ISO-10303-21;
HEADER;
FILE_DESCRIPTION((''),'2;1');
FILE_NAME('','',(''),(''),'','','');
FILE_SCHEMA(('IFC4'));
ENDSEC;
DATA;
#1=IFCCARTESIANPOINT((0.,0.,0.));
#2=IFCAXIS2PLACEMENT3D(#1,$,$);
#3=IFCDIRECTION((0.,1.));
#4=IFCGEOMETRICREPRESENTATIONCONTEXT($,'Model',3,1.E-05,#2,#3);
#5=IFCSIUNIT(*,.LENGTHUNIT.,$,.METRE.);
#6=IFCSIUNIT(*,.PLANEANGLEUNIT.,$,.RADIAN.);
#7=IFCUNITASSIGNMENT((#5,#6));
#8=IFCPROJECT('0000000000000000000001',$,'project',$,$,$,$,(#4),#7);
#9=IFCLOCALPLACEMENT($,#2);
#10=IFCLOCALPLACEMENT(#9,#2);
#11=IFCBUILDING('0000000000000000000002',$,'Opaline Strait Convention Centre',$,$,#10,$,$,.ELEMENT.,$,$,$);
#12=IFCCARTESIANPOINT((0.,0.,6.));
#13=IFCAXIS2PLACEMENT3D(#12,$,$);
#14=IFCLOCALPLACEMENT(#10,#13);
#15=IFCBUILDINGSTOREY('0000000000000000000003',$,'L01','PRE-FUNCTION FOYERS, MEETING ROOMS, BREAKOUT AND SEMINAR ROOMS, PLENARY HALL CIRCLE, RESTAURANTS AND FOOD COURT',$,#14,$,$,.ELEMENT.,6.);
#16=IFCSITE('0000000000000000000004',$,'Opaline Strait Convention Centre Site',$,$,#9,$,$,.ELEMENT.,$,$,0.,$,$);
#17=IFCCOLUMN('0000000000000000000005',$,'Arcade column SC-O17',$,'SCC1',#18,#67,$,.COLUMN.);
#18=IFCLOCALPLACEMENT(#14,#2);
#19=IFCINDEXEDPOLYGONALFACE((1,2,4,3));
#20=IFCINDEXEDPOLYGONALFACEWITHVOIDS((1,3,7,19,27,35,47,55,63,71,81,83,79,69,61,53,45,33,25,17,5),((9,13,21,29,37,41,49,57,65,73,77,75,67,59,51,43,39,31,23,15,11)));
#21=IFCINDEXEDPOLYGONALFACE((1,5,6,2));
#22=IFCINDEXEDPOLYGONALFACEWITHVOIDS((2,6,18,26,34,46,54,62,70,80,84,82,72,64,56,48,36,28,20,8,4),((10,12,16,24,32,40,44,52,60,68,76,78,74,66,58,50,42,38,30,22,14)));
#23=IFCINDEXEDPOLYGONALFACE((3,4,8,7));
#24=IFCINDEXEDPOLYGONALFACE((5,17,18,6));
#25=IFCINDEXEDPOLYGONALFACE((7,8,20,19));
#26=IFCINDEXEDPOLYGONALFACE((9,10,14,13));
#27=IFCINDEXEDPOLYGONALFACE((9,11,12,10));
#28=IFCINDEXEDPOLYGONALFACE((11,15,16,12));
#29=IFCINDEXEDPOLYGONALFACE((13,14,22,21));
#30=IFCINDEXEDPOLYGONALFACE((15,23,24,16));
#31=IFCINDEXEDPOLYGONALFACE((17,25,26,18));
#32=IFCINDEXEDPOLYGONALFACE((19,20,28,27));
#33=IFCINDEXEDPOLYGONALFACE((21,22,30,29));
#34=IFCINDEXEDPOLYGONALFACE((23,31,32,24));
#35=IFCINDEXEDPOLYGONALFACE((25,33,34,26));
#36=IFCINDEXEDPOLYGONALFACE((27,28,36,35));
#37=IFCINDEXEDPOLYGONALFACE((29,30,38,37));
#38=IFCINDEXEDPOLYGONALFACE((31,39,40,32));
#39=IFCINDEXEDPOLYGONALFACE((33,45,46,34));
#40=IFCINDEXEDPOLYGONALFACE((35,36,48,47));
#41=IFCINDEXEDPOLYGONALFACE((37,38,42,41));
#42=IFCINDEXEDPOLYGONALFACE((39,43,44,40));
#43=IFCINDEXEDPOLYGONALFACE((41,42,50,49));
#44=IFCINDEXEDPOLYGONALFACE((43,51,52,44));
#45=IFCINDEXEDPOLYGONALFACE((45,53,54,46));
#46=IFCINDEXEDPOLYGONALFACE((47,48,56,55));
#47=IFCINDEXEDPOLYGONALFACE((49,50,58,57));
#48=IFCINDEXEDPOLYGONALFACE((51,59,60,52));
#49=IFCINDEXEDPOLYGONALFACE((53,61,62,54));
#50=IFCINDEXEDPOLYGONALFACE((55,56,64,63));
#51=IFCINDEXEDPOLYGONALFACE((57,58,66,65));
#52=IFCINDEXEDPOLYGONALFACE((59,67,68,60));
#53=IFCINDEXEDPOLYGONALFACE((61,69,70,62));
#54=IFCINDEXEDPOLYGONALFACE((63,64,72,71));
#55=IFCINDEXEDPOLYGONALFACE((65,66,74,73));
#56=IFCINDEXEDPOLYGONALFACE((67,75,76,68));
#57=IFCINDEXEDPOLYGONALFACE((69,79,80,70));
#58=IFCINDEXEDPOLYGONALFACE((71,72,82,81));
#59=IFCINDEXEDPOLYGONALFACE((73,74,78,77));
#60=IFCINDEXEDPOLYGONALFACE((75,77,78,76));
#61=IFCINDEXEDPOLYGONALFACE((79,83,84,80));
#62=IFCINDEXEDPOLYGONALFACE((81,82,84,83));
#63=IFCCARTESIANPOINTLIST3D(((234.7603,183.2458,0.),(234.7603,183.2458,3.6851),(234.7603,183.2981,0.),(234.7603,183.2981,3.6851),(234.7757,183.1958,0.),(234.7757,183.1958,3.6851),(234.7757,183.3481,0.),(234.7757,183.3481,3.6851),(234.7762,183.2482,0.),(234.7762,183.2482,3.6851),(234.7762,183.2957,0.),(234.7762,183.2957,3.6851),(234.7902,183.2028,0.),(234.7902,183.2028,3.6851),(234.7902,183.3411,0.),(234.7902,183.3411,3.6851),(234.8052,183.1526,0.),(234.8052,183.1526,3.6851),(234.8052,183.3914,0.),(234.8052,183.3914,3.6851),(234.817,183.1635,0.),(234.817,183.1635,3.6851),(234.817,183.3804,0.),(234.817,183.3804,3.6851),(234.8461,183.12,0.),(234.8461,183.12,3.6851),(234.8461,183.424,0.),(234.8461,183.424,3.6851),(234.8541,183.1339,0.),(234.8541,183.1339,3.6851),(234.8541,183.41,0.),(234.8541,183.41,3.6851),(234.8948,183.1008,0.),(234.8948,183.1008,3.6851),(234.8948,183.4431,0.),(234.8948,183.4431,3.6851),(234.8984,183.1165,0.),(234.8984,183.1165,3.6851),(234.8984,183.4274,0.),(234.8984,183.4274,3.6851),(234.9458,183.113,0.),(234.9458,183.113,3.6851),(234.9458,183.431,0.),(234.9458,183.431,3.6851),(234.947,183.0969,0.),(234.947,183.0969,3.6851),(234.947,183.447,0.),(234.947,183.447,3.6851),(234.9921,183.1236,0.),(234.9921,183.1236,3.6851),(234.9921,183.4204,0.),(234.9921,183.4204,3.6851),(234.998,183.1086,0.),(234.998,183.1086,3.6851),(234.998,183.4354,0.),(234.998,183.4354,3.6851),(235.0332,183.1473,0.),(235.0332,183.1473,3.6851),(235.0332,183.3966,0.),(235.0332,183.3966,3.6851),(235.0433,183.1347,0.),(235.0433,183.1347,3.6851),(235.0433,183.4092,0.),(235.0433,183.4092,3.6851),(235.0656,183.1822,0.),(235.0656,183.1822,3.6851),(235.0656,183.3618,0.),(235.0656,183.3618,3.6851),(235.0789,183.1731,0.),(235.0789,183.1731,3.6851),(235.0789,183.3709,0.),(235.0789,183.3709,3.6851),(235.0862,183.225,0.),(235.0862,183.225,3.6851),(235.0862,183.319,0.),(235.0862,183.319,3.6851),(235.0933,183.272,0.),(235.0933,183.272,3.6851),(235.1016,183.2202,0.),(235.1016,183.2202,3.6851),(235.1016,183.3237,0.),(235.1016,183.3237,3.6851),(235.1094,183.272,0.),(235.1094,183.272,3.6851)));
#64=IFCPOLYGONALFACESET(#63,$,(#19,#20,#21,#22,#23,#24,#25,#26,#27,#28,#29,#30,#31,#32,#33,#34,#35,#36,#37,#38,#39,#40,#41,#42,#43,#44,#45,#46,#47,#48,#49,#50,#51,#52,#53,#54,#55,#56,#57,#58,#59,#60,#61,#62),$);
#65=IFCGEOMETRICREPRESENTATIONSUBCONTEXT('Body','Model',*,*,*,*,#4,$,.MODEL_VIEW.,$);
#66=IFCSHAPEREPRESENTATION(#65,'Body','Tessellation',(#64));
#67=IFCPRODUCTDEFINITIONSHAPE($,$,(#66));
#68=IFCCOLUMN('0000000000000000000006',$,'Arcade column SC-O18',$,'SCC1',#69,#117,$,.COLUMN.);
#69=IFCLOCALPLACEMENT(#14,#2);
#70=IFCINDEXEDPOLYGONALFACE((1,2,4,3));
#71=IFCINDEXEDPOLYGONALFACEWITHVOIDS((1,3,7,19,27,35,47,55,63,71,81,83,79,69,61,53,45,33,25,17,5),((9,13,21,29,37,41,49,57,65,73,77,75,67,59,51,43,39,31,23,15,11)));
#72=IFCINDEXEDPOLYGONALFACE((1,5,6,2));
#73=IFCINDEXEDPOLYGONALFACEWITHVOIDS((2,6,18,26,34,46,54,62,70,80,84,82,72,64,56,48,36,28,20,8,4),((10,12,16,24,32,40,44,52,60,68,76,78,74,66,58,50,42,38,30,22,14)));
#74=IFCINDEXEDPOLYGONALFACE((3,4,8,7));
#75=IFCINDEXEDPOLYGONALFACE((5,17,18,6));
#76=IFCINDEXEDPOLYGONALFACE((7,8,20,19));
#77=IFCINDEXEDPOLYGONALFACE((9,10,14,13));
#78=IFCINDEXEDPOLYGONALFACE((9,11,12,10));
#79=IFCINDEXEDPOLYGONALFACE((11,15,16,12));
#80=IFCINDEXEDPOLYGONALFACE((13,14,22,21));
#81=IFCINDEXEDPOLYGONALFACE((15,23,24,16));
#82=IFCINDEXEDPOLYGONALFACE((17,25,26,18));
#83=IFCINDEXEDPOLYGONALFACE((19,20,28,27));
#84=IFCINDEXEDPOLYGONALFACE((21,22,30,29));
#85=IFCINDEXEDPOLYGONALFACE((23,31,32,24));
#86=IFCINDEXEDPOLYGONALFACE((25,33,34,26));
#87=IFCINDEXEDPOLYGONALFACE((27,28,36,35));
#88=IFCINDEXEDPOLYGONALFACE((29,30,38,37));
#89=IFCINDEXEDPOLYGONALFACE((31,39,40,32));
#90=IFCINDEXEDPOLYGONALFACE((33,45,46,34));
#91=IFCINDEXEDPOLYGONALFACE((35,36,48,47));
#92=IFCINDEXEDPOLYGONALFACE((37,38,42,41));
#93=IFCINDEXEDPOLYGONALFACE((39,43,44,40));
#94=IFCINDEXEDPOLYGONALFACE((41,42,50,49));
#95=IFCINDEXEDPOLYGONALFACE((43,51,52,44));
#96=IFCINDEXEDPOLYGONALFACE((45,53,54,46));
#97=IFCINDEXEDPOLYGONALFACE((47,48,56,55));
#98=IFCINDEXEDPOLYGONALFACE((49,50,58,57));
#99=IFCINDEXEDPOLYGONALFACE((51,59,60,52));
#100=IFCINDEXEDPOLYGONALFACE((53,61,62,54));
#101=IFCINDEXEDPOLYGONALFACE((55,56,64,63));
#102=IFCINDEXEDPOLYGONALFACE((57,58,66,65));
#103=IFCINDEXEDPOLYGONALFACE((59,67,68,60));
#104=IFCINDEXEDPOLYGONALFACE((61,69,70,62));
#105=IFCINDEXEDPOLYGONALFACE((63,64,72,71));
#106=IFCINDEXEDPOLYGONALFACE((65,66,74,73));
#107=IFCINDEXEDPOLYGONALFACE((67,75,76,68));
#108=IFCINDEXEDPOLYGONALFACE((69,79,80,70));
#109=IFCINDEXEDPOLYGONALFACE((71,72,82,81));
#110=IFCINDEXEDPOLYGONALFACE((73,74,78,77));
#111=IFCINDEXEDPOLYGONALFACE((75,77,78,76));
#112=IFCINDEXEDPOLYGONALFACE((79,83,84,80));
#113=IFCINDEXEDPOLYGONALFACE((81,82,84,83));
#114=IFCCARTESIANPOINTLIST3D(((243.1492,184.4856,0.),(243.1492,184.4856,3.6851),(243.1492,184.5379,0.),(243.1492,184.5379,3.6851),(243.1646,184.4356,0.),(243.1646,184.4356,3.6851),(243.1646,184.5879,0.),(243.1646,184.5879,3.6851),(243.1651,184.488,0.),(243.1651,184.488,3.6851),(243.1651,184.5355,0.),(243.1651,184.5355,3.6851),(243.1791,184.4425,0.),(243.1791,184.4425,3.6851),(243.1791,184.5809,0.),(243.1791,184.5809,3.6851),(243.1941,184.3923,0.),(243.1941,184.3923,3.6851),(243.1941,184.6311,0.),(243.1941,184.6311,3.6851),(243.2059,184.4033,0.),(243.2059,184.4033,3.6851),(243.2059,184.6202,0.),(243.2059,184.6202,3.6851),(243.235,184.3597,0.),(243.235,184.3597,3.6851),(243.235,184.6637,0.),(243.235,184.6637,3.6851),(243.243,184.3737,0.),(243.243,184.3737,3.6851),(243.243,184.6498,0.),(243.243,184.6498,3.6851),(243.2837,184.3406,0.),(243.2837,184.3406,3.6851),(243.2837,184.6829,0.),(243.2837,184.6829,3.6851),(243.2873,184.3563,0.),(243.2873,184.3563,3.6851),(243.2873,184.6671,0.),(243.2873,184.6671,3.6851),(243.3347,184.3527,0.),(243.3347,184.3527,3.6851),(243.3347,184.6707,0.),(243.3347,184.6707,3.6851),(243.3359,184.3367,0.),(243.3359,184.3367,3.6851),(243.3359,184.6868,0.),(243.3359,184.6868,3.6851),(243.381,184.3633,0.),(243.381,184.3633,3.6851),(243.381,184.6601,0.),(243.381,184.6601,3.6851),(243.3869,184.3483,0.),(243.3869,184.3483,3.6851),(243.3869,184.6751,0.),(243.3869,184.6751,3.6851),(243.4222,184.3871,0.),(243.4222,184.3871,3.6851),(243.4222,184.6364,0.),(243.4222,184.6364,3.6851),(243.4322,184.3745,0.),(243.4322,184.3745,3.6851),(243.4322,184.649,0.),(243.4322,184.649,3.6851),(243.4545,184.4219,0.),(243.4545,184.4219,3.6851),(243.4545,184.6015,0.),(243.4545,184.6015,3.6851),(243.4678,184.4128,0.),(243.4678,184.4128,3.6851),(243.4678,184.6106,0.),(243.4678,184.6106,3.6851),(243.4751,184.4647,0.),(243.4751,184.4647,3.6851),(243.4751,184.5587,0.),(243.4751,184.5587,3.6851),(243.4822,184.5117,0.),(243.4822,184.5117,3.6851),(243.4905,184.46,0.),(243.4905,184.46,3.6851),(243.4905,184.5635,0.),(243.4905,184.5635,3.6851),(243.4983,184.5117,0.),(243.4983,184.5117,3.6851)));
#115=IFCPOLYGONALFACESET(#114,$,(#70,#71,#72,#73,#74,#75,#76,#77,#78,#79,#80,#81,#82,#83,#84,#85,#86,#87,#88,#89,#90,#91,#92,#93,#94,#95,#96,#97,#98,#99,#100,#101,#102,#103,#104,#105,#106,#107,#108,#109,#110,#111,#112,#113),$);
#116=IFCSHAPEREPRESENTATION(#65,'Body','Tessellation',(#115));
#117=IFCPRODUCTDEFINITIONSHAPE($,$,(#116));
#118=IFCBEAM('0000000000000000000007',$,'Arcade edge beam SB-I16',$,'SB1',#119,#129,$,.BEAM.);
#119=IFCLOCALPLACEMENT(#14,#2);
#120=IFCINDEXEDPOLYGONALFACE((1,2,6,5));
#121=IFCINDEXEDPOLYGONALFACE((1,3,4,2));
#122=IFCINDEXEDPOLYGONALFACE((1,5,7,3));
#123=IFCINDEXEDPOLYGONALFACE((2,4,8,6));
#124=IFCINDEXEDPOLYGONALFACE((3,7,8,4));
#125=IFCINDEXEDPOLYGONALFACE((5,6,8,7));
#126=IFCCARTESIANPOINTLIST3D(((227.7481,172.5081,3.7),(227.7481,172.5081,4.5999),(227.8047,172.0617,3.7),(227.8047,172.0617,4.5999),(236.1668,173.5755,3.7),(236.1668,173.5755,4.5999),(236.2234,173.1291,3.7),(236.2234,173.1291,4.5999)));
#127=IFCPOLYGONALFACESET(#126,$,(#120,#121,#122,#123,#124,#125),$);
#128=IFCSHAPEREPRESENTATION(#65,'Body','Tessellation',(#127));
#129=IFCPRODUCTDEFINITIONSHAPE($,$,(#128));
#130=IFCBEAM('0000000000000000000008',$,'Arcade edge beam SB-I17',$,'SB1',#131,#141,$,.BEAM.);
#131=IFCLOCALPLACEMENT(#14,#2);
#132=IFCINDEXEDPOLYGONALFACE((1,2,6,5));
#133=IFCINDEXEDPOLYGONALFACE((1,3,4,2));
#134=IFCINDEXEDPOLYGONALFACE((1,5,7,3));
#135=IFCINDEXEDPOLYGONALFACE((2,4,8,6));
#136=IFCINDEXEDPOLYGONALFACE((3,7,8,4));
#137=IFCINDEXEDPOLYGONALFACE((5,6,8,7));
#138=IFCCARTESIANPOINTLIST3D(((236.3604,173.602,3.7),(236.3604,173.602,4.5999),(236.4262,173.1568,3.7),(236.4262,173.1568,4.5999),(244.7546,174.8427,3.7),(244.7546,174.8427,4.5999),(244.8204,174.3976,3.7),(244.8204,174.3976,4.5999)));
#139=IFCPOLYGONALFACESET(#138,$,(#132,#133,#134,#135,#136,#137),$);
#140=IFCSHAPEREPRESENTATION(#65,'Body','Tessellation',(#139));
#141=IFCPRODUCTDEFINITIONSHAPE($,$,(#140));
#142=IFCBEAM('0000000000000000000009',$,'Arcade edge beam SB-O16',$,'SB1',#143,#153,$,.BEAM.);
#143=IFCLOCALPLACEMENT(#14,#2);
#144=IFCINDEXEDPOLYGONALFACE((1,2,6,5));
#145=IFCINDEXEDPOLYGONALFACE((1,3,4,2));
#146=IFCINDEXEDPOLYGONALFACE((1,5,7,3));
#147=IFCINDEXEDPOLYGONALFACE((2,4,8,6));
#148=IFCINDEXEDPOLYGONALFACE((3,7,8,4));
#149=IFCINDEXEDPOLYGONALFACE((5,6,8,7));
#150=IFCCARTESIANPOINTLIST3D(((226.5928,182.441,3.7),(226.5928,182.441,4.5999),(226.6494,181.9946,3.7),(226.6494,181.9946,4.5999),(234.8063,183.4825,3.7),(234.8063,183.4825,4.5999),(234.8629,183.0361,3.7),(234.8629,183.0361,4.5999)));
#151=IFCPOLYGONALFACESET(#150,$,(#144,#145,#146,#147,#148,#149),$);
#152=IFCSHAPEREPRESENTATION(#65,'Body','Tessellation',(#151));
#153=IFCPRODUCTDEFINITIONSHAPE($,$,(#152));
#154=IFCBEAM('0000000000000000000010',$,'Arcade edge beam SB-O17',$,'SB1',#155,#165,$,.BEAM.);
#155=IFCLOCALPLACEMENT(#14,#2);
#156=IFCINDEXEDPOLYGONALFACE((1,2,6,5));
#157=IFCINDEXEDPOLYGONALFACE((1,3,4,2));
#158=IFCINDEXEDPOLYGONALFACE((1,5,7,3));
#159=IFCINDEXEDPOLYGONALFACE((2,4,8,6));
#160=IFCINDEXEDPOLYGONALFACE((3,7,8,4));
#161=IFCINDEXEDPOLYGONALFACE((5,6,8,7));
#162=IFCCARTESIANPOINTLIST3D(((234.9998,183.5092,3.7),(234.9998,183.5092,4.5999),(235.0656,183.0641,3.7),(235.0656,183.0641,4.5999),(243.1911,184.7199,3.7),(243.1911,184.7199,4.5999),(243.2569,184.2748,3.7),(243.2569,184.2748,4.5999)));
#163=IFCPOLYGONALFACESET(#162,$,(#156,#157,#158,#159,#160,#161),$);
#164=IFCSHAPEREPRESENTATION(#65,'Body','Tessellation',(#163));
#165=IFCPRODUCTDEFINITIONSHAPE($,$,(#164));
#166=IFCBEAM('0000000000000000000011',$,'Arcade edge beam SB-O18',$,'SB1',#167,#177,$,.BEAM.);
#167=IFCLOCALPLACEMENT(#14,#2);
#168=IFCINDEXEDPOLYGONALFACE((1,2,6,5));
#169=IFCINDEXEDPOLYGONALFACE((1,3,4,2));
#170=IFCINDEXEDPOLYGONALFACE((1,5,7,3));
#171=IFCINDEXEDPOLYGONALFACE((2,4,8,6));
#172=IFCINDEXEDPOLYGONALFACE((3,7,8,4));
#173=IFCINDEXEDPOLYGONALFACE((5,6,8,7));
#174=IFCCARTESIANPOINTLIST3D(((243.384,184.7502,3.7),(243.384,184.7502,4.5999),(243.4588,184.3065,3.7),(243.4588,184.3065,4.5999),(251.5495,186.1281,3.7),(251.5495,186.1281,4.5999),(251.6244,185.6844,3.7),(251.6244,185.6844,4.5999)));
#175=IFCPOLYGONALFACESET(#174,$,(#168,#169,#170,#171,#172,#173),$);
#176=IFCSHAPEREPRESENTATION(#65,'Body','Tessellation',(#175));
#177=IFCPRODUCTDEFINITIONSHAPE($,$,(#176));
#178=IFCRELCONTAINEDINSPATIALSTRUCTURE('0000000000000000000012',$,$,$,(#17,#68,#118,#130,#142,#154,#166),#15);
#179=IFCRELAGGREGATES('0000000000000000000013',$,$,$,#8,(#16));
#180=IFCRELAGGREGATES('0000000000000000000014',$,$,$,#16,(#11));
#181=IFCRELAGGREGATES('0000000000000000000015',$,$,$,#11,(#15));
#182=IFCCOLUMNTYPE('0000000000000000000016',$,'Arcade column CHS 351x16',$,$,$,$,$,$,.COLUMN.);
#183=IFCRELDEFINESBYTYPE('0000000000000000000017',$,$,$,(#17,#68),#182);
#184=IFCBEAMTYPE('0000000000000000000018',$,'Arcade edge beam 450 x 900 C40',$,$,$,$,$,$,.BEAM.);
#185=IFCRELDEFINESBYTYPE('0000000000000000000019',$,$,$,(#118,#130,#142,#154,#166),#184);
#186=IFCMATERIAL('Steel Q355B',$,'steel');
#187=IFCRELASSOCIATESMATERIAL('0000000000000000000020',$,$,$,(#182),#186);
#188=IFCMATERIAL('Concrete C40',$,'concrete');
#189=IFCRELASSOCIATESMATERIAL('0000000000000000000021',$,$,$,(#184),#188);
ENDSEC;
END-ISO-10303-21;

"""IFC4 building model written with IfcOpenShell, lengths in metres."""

from ifc_helpers import new_model, si_unit, direction, frame, origin, origin_2d, place, context, subcontext, project, spatial, rectangle, hollow_circle, extrude, material, material_profile, profile_set, type_object, element, save


model = new_model("IFC4")

# Units and contexts
model_context = context("Model", 3, precision=1e-05, world=origin(), true_north=direction((0.0, 1.0)))
body_context = subcontext(model_context, "Body", "Model", "MODEL_VIEW")
ifc_project = project(units=[si_unit("LENGTHUNIT", "METRE"), si_unit("PLANEANGLEUNIT", "RADIAN")], contexts=[model_context])

# Site, building, storey
site_placement = place(None, origin())
site = spatial("IfcSite", under=ifc_project, at=site_placement, Name="Opaline Strait Convention Centre Site", CompositionType="ELEMENT", RefElevation=0.0)
building_placement = place(site_placement, origin())
building = spatial("IfcBuilding", under=site, at=building_placement, Name="Opaline Strait Convention Centre", CompositionType="ELEMENT")
storey_placement = place(building_placement, frame((0.0, 0.0, 6.0)))
storey = spatial("IfcBuildingStorey", under=building, at=storey_placement, Name="L01", Description="PRE-FUNCTION FOYERS, MEETING ROOMS, BREAKOUT AND SEMINAR ROOMS, PLENARY HALL CIRCLE, RESTAURANTS AND FOOD COURT", CompositionType="ELEMENT", Elevation=6.0)

# Columns
ifc_material_1 = material(Name="Steel Q355B", Category="steel")
ifc_material_profile_1 = material_profile(ifc_material_1, hollow_circle(Radius=0.1755, WallThickness=0.0161, at=origin_2d()), Name="CHS 351x16")
ifc_profile_set_1 = profile_set([ifc_material_profile_1], Name="Steel Q355B")
column_type = type_object("IfcColumnType", Name="Arcade column CHS 351x16", PredefinedType="COLUMN", material=ifc_profile_set_1)
for number, where, z_axis, x_axis, name in (
    (1, (234.9338, 183.272, 0.0), (0.0, 0.0, 1.0), (1.0, 0.0, 0.0), "Arcade column SC-O17"),
    (2, (243.3228, 184.5117, 0.0), (0.0, 0.0, 1.0), (1.0, 0.0, 0.0), "Arcade column SC-O18"),
):
    element("IfcColumn", number, at=place(storey_placement, frame(where, z_axis=z_axis, x_axis=x_axis)), inside=storey, type_object=column_type, Name=name, ObjectType="SCC1", PredefinedType="COLUMN", context=body_context, shape_type="SweptSolid", body=[
        extrude(hollow_circle(Radius=0.1755, WallThickness=0.0161, at=origin_2d()), origin(), (0.0, 0.0, 1.0), 3.6851),
    ])

# Beams
ifc_material_2 = material(Name="Concrete C40", Category="concrete")
ifc_material_profile_2 = material_profile(ifc_material_2, rectangle(XDim=0.45, YDim=0.8999, at=origin_2d()), Name="RC 450x900")
ifc_profile_set_2 = profile_set([ifc_material_profile_2], Name="Concrete C40")
beam_type = type_object("IfcBeamType", Name="Arcade edge beam 450 x 900 C40", PredefinedType="BEAM", material=ifc_profile_set_2)
beam_1_placement = place(storey_placement, frame((227.7764, 172.2849, 4.1499), z_axis=(0.992058, 0.12578, 0.0), x_axis=(-0.12578, 0.992058, 0.0)))
element("IfcBeam", 3, at=beam_1_placement, inside=storey, type_object=beam_type, Name="Arcade edge beam SB-I16", ObjectType="SB1", PredefinedType="BEAM", context=body_context, shape_type="SweptSolid", body=[
    extrude(rectangle(XDim=0.45, YDim=0.8999, at=origin_2d()), origin(), (0.0, 0.0, 1.0), 8.4861),
])
beam_2_placement = place(storey_placement, frame((236.3933, 173.3794, 4.1499), z_axis=(0.989252, 0.146221, 0.0), x_axis=(-0.146221, 0.989252, 0.0)))
element("IfcBeam", 4, at=beam_2_placement, inside=storey, type_object=beam_type, Name="Arcade edge beam SB-I17", ObjectType="SB1", PredefinedType="BEAM", context=body_context, shape_type="SweptSolid", body=[
    extrude(rectangle(XDim=0.45, YDim=0.8999, at=origin_2d()), origin(), (0.0, 0.0, 1.0), 8.4854),
])
beam_3_placement = place(storey_placement, frame((226.6211, 182.2178, 4.1499), z_axis=(0.992056, 0.125795, 0.0), x_axis=(-0.125795, 0.992056, 0.0)))
element("IfcBeam", 5, at=beam_3_placement, inside=storey, type_object=beam_type, Name="Arcade edge beam SB-O16", ObjectType="SB1", PredefinedType="BEAM", context=body_context, shape_type="SweptSolid", body=[
    extrude(rectangle(XDim=0.45, YDim=0.8999, at=origin_2d()), origin(), (0.0, 0.0, 1.0), 8.2793),
])
beam_4_placement = place(storey_placement, frame((235.0327, 183.2866, 4.1499), z_axis=(0.989253, 0.146216, 0.0), x_axis=(-0.146216, 0.989253, 0.0)))
element("IfcBeam", 6, at=beam_4_placement, inside=storey, type_object=beam_type, Name="Arcade edge beam SB-O17", ObjectType="SB1", PredefinedType="BEAM", context=body_context, shape_type="SweptSolid", body=[
    extrude(rectangle(XDim=0.45, YDim=0.8999, at=origin_2d()), origin(), (0.0, 0.0, 1.0), 8.2803),
])
beam_5_placement = place(storey_placement, frame((243.4214, 184.5283, 4.1499), z_axis=(0.986059, 0.166397, 0.0), x_axis=(-0.166397, 0.986059, 0.0)))
element("IfcBeam", 7, at=beam_5_placement, inside=storey, type_object=beam_type, Name="Arcade edge beam SB-O18", ObjectType="SB1", PredefinedType="BEAM", context=body_context, shape_type="SweptSolid", body=[
    extrude(rectangle(XDim=0.45, YDim=0.8999, at=origin_2d()), origin(), (0.0, 0.0, 1.0), 8.281),
])

save(model, "model.ifc")
